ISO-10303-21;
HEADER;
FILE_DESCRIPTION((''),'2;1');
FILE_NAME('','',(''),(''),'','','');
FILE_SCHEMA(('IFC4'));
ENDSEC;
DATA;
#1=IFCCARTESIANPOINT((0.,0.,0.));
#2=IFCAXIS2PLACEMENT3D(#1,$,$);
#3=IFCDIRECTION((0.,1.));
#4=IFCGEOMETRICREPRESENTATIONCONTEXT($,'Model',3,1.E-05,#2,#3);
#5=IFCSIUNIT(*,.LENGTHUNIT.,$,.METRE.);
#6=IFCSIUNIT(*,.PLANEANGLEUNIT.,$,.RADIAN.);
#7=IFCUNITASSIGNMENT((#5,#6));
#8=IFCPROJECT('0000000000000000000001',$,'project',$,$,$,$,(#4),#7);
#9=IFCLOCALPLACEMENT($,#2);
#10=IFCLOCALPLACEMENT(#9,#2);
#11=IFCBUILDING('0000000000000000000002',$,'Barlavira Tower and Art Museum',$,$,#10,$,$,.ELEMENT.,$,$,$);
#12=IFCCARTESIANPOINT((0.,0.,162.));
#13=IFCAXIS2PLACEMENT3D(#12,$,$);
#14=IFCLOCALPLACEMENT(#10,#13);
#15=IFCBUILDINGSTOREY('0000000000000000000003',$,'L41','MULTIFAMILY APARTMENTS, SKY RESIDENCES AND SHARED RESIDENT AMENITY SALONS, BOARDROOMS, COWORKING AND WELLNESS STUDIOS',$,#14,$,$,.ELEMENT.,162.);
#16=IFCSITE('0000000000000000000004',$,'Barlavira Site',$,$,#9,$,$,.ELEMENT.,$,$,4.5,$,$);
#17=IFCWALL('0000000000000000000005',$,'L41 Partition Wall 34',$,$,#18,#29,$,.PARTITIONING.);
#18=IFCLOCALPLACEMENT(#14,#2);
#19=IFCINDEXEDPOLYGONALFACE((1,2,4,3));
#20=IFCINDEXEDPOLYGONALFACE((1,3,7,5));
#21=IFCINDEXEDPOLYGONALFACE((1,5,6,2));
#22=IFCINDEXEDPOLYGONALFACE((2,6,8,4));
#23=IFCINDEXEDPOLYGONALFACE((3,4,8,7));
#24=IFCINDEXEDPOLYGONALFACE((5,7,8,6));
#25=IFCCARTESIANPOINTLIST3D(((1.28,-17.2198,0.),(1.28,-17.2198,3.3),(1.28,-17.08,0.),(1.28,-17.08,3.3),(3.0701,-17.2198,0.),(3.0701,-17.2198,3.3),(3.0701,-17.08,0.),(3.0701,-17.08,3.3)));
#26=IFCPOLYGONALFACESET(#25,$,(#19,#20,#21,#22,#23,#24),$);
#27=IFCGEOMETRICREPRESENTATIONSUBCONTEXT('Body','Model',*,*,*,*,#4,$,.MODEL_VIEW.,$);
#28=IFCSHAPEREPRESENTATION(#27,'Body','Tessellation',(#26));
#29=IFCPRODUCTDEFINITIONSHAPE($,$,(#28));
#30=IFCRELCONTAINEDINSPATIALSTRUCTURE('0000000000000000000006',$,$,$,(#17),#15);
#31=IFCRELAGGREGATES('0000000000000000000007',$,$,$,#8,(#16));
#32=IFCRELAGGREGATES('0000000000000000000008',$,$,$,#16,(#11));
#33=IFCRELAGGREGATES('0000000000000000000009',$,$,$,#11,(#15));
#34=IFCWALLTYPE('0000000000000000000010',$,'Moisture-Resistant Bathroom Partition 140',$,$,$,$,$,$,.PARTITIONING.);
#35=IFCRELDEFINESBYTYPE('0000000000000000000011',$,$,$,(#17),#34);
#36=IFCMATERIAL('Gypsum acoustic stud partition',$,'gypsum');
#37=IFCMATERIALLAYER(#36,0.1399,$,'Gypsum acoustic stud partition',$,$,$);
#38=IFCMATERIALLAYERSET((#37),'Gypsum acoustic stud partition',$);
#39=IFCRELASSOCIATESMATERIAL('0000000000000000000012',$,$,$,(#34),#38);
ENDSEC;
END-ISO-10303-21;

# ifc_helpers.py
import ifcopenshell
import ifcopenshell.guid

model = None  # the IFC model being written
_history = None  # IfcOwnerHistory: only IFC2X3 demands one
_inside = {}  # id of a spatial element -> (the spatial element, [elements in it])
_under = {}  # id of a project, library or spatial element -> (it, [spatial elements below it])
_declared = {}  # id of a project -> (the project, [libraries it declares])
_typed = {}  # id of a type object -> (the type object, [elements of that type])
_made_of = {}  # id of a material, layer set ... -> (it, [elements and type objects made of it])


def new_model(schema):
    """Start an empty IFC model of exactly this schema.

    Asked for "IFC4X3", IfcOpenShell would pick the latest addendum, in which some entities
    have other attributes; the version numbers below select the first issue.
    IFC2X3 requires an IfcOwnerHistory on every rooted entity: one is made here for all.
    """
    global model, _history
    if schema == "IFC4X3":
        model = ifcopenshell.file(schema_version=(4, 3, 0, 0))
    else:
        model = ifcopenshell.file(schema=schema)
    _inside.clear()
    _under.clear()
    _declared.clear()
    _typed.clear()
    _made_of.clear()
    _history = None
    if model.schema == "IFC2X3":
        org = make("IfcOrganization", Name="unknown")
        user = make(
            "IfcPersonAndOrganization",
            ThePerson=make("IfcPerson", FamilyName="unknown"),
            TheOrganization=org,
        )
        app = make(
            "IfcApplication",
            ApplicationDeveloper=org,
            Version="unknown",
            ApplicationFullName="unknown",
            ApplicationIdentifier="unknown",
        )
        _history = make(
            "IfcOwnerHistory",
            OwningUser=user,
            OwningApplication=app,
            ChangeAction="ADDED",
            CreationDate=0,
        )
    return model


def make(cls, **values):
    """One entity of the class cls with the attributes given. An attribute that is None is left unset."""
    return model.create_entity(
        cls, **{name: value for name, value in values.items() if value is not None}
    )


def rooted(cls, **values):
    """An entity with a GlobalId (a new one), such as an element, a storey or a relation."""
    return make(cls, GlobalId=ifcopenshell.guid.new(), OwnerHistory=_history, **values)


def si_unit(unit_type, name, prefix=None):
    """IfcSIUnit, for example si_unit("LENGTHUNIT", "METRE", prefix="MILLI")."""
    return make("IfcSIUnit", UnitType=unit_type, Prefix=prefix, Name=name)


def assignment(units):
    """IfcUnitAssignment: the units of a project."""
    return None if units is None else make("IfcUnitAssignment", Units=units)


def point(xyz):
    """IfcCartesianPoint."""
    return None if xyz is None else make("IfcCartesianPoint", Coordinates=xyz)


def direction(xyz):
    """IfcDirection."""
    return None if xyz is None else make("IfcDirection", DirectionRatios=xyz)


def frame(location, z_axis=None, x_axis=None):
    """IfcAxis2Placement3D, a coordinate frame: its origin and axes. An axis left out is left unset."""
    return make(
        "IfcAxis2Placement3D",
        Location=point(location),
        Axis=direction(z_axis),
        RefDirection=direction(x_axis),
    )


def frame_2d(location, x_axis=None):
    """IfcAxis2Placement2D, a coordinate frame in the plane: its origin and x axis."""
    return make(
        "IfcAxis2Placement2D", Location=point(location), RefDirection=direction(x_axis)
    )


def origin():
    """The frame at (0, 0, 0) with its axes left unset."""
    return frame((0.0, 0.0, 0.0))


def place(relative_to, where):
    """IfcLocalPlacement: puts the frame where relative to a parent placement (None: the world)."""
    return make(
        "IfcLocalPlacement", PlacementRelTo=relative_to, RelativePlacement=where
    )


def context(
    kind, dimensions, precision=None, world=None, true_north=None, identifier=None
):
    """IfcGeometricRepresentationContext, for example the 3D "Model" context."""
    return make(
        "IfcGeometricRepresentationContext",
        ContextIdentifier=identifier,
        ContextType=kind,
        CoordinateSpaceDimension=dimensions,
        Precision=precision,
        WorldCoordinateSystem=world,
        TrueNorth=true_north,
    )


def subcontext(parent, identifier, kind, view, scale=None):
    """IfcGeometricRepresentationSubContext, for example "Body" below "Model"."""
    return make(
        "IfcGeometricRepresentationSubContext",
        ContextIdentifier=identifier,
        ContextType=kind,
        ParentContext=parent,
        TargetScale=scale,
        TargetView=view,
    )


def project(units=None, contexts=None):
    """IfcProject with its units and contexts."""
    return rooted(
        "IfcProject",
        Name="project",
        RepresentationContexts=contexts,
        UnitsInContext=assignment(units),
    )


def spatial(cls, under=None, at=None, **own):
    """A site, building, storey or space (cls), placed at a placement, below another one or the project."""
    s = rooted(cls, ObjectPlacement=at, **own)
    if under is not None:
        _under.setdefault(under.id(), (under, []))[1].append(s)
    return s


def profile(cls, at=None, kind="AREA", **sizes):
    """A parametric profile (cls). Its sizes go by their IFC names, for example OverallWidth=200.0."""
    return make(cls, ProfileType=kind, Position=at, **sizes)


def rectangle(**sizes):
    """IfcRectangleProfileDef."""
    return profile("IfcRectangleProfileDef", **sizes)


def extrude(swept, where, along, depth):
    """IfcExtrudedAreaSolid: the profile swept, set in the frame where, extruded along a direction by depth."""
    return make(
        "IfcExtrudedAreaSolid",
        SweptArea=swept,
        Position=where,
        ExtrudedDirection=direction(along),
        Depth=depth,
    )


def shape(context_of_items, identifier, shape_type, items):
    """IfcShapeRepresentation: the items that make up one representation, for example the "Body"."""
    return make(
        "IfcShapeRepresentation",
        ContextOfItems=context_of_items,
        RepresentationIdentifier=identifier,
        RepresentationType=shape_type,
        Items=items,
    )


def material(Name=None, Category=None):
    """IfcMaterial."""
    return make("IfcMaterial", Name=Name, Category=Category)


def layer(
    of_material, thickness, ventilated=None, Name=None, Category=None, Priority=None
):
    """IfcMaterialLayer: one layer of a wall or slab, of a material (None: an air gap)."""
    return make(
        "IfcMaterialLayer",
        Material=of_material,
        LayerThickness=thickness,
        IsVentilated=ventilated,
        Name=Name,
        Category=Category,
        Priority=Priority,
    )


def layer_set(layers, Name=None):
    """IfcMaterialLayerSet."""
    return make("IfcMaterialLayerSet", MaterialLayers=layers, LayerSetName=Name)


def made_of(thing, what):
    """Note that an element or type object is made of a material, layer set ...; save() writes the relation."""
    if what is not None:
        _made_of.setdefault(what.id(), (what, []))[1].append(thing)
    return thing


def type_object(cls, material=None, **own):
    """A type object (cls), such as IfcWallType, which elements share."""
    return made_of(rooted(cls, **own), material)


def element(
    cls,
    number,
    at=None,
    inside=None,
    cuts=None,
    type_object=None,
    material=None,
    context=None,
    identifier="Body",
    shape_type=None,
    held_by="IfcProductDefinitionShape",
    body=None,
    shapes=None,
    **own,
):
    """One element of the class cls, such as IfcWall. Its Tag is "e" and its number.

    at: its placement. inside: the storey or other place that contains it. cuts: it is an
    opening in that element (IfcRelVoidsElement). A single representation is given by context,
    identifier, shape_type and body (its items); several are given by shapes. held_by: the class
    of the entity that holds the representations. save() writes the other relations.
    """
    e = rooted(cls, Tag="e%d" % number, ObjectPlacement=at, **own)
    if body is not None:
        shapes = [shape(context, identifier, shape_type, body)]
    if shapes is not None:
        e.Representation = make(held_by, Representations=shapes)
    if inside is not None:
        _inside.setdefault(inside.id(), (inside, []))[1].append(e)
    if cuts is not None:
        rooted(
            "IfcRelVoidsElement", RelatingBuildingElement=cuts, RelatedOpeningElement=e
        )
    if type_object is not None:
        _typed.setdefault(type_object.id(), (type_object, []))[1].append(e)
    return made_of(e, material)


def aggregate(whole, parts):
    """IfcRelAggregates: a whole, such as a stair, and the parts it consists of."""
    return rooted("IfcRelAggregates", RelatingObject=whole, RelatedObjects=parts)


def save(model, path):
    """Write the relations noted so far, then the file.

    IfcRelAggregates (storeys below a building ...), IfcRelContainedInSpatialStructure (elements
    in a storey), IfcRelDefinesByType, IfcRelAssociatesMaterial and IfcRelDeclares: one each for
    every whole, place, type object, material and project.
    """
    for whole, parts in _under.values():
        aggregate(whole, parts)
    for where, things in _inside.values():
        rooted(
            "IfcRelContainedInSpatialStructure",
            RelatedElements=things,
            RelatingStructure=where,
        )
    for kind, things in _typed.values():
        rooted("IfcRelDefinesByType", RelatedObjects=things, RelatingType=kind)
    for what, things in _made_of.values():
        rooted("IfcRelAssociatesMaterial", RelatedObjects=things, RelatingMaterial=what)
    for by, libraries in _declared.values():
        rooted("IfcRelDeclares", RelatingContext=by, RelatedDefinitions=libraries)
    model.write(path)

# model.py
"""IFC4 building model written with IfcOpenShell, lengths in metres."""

from ifc_helpers import new_model, si_unit, direction, frame, frame_2d, origin, place, context, subcontext, project, spatial, rectangle, extrude, material, layer, layer_set, type_object, element, save


model = new_model("IFC4")

# Units and contexts
model_context = context("Model", 3, precision=1e-05, world=origin(), true_north=direction((0.0, 1.0)))
body_context = subcontext(model_context, "Body", "Model", "MODEL_VIEW")
ifc_project = project(units=[si_unit("LENGTHUNIT", "METRE"), si_unit("PLANEANGLEUNIT", "RADIAN")], contexts=[model_context])

# Site, building, storey
site_placement = place(None, origin())
site = spatial("IfcSite", under=ifc_project, at=site_placement, Name="Barlavira Site", CompositionType="ELEMENT", RefElevation=4.5)
building_placement = place(site_placement, origin())
building = spatial("IfcBuilding", under=site, at=building_placement, Name="Barlavira Tower and Art Museum", CompositionType="ELEMENT")
storey_placement = place(building_placement, frame((0.0, 0.0, 162.0)))
storey = spatial("IfcBuildingStorey", under=building, at=storey_placement, Name="L41", Description="MULTIFAMILY APARTMENTS, SKY RESIDENCES AND SHARED RESIDENT AMENITY SALONS, BOARDROOMS, COWORKING AND WELLNESS STUDIOS", CompositionType="ELEMENT", Elevation=162.0)

# Shared definitions
ifc_material_1 = material(Name="Gypsum acoustic stud partition", Category="gypsum")

# Wall
ifc_layer_1 = layer(ifc_material_1, 0.1399, Name="Gypsum acoustic stud partition")
ifc_layer_set_1 = layer_set([ifc_layer_1], Name="Gypsum acoustic stud partition")
wall_type_1 = type_object("IfcWallType", Name="Moisture-Resistant Bathroom Partition 140", PredefinedType="PARTITIONING", material=ifc_layer_set_1)
wall_1_placement = place(storey_placement, frame((1.28, -17.1499, 0.0), z_axis=(0.0, 0.0, 1.0), x_axis=(1.0, 0.0, 0.0)))
element("IfcWall", 1, at=wall_1_placement, inside=storey, type_object=wall_type_1, Name="L41 Partition Wall 34", PredefinedType="PARTITIONING", context=body_context, shape_type="SweptSolid", body=[
    extrude(rectangle(XDim=1.79, YDim=0.1399, at=frame_2d((0.895, 0.0))), origin(), (0.0, 0.0, 1.0), 3.3),
])

save(model, "model.ifc")
